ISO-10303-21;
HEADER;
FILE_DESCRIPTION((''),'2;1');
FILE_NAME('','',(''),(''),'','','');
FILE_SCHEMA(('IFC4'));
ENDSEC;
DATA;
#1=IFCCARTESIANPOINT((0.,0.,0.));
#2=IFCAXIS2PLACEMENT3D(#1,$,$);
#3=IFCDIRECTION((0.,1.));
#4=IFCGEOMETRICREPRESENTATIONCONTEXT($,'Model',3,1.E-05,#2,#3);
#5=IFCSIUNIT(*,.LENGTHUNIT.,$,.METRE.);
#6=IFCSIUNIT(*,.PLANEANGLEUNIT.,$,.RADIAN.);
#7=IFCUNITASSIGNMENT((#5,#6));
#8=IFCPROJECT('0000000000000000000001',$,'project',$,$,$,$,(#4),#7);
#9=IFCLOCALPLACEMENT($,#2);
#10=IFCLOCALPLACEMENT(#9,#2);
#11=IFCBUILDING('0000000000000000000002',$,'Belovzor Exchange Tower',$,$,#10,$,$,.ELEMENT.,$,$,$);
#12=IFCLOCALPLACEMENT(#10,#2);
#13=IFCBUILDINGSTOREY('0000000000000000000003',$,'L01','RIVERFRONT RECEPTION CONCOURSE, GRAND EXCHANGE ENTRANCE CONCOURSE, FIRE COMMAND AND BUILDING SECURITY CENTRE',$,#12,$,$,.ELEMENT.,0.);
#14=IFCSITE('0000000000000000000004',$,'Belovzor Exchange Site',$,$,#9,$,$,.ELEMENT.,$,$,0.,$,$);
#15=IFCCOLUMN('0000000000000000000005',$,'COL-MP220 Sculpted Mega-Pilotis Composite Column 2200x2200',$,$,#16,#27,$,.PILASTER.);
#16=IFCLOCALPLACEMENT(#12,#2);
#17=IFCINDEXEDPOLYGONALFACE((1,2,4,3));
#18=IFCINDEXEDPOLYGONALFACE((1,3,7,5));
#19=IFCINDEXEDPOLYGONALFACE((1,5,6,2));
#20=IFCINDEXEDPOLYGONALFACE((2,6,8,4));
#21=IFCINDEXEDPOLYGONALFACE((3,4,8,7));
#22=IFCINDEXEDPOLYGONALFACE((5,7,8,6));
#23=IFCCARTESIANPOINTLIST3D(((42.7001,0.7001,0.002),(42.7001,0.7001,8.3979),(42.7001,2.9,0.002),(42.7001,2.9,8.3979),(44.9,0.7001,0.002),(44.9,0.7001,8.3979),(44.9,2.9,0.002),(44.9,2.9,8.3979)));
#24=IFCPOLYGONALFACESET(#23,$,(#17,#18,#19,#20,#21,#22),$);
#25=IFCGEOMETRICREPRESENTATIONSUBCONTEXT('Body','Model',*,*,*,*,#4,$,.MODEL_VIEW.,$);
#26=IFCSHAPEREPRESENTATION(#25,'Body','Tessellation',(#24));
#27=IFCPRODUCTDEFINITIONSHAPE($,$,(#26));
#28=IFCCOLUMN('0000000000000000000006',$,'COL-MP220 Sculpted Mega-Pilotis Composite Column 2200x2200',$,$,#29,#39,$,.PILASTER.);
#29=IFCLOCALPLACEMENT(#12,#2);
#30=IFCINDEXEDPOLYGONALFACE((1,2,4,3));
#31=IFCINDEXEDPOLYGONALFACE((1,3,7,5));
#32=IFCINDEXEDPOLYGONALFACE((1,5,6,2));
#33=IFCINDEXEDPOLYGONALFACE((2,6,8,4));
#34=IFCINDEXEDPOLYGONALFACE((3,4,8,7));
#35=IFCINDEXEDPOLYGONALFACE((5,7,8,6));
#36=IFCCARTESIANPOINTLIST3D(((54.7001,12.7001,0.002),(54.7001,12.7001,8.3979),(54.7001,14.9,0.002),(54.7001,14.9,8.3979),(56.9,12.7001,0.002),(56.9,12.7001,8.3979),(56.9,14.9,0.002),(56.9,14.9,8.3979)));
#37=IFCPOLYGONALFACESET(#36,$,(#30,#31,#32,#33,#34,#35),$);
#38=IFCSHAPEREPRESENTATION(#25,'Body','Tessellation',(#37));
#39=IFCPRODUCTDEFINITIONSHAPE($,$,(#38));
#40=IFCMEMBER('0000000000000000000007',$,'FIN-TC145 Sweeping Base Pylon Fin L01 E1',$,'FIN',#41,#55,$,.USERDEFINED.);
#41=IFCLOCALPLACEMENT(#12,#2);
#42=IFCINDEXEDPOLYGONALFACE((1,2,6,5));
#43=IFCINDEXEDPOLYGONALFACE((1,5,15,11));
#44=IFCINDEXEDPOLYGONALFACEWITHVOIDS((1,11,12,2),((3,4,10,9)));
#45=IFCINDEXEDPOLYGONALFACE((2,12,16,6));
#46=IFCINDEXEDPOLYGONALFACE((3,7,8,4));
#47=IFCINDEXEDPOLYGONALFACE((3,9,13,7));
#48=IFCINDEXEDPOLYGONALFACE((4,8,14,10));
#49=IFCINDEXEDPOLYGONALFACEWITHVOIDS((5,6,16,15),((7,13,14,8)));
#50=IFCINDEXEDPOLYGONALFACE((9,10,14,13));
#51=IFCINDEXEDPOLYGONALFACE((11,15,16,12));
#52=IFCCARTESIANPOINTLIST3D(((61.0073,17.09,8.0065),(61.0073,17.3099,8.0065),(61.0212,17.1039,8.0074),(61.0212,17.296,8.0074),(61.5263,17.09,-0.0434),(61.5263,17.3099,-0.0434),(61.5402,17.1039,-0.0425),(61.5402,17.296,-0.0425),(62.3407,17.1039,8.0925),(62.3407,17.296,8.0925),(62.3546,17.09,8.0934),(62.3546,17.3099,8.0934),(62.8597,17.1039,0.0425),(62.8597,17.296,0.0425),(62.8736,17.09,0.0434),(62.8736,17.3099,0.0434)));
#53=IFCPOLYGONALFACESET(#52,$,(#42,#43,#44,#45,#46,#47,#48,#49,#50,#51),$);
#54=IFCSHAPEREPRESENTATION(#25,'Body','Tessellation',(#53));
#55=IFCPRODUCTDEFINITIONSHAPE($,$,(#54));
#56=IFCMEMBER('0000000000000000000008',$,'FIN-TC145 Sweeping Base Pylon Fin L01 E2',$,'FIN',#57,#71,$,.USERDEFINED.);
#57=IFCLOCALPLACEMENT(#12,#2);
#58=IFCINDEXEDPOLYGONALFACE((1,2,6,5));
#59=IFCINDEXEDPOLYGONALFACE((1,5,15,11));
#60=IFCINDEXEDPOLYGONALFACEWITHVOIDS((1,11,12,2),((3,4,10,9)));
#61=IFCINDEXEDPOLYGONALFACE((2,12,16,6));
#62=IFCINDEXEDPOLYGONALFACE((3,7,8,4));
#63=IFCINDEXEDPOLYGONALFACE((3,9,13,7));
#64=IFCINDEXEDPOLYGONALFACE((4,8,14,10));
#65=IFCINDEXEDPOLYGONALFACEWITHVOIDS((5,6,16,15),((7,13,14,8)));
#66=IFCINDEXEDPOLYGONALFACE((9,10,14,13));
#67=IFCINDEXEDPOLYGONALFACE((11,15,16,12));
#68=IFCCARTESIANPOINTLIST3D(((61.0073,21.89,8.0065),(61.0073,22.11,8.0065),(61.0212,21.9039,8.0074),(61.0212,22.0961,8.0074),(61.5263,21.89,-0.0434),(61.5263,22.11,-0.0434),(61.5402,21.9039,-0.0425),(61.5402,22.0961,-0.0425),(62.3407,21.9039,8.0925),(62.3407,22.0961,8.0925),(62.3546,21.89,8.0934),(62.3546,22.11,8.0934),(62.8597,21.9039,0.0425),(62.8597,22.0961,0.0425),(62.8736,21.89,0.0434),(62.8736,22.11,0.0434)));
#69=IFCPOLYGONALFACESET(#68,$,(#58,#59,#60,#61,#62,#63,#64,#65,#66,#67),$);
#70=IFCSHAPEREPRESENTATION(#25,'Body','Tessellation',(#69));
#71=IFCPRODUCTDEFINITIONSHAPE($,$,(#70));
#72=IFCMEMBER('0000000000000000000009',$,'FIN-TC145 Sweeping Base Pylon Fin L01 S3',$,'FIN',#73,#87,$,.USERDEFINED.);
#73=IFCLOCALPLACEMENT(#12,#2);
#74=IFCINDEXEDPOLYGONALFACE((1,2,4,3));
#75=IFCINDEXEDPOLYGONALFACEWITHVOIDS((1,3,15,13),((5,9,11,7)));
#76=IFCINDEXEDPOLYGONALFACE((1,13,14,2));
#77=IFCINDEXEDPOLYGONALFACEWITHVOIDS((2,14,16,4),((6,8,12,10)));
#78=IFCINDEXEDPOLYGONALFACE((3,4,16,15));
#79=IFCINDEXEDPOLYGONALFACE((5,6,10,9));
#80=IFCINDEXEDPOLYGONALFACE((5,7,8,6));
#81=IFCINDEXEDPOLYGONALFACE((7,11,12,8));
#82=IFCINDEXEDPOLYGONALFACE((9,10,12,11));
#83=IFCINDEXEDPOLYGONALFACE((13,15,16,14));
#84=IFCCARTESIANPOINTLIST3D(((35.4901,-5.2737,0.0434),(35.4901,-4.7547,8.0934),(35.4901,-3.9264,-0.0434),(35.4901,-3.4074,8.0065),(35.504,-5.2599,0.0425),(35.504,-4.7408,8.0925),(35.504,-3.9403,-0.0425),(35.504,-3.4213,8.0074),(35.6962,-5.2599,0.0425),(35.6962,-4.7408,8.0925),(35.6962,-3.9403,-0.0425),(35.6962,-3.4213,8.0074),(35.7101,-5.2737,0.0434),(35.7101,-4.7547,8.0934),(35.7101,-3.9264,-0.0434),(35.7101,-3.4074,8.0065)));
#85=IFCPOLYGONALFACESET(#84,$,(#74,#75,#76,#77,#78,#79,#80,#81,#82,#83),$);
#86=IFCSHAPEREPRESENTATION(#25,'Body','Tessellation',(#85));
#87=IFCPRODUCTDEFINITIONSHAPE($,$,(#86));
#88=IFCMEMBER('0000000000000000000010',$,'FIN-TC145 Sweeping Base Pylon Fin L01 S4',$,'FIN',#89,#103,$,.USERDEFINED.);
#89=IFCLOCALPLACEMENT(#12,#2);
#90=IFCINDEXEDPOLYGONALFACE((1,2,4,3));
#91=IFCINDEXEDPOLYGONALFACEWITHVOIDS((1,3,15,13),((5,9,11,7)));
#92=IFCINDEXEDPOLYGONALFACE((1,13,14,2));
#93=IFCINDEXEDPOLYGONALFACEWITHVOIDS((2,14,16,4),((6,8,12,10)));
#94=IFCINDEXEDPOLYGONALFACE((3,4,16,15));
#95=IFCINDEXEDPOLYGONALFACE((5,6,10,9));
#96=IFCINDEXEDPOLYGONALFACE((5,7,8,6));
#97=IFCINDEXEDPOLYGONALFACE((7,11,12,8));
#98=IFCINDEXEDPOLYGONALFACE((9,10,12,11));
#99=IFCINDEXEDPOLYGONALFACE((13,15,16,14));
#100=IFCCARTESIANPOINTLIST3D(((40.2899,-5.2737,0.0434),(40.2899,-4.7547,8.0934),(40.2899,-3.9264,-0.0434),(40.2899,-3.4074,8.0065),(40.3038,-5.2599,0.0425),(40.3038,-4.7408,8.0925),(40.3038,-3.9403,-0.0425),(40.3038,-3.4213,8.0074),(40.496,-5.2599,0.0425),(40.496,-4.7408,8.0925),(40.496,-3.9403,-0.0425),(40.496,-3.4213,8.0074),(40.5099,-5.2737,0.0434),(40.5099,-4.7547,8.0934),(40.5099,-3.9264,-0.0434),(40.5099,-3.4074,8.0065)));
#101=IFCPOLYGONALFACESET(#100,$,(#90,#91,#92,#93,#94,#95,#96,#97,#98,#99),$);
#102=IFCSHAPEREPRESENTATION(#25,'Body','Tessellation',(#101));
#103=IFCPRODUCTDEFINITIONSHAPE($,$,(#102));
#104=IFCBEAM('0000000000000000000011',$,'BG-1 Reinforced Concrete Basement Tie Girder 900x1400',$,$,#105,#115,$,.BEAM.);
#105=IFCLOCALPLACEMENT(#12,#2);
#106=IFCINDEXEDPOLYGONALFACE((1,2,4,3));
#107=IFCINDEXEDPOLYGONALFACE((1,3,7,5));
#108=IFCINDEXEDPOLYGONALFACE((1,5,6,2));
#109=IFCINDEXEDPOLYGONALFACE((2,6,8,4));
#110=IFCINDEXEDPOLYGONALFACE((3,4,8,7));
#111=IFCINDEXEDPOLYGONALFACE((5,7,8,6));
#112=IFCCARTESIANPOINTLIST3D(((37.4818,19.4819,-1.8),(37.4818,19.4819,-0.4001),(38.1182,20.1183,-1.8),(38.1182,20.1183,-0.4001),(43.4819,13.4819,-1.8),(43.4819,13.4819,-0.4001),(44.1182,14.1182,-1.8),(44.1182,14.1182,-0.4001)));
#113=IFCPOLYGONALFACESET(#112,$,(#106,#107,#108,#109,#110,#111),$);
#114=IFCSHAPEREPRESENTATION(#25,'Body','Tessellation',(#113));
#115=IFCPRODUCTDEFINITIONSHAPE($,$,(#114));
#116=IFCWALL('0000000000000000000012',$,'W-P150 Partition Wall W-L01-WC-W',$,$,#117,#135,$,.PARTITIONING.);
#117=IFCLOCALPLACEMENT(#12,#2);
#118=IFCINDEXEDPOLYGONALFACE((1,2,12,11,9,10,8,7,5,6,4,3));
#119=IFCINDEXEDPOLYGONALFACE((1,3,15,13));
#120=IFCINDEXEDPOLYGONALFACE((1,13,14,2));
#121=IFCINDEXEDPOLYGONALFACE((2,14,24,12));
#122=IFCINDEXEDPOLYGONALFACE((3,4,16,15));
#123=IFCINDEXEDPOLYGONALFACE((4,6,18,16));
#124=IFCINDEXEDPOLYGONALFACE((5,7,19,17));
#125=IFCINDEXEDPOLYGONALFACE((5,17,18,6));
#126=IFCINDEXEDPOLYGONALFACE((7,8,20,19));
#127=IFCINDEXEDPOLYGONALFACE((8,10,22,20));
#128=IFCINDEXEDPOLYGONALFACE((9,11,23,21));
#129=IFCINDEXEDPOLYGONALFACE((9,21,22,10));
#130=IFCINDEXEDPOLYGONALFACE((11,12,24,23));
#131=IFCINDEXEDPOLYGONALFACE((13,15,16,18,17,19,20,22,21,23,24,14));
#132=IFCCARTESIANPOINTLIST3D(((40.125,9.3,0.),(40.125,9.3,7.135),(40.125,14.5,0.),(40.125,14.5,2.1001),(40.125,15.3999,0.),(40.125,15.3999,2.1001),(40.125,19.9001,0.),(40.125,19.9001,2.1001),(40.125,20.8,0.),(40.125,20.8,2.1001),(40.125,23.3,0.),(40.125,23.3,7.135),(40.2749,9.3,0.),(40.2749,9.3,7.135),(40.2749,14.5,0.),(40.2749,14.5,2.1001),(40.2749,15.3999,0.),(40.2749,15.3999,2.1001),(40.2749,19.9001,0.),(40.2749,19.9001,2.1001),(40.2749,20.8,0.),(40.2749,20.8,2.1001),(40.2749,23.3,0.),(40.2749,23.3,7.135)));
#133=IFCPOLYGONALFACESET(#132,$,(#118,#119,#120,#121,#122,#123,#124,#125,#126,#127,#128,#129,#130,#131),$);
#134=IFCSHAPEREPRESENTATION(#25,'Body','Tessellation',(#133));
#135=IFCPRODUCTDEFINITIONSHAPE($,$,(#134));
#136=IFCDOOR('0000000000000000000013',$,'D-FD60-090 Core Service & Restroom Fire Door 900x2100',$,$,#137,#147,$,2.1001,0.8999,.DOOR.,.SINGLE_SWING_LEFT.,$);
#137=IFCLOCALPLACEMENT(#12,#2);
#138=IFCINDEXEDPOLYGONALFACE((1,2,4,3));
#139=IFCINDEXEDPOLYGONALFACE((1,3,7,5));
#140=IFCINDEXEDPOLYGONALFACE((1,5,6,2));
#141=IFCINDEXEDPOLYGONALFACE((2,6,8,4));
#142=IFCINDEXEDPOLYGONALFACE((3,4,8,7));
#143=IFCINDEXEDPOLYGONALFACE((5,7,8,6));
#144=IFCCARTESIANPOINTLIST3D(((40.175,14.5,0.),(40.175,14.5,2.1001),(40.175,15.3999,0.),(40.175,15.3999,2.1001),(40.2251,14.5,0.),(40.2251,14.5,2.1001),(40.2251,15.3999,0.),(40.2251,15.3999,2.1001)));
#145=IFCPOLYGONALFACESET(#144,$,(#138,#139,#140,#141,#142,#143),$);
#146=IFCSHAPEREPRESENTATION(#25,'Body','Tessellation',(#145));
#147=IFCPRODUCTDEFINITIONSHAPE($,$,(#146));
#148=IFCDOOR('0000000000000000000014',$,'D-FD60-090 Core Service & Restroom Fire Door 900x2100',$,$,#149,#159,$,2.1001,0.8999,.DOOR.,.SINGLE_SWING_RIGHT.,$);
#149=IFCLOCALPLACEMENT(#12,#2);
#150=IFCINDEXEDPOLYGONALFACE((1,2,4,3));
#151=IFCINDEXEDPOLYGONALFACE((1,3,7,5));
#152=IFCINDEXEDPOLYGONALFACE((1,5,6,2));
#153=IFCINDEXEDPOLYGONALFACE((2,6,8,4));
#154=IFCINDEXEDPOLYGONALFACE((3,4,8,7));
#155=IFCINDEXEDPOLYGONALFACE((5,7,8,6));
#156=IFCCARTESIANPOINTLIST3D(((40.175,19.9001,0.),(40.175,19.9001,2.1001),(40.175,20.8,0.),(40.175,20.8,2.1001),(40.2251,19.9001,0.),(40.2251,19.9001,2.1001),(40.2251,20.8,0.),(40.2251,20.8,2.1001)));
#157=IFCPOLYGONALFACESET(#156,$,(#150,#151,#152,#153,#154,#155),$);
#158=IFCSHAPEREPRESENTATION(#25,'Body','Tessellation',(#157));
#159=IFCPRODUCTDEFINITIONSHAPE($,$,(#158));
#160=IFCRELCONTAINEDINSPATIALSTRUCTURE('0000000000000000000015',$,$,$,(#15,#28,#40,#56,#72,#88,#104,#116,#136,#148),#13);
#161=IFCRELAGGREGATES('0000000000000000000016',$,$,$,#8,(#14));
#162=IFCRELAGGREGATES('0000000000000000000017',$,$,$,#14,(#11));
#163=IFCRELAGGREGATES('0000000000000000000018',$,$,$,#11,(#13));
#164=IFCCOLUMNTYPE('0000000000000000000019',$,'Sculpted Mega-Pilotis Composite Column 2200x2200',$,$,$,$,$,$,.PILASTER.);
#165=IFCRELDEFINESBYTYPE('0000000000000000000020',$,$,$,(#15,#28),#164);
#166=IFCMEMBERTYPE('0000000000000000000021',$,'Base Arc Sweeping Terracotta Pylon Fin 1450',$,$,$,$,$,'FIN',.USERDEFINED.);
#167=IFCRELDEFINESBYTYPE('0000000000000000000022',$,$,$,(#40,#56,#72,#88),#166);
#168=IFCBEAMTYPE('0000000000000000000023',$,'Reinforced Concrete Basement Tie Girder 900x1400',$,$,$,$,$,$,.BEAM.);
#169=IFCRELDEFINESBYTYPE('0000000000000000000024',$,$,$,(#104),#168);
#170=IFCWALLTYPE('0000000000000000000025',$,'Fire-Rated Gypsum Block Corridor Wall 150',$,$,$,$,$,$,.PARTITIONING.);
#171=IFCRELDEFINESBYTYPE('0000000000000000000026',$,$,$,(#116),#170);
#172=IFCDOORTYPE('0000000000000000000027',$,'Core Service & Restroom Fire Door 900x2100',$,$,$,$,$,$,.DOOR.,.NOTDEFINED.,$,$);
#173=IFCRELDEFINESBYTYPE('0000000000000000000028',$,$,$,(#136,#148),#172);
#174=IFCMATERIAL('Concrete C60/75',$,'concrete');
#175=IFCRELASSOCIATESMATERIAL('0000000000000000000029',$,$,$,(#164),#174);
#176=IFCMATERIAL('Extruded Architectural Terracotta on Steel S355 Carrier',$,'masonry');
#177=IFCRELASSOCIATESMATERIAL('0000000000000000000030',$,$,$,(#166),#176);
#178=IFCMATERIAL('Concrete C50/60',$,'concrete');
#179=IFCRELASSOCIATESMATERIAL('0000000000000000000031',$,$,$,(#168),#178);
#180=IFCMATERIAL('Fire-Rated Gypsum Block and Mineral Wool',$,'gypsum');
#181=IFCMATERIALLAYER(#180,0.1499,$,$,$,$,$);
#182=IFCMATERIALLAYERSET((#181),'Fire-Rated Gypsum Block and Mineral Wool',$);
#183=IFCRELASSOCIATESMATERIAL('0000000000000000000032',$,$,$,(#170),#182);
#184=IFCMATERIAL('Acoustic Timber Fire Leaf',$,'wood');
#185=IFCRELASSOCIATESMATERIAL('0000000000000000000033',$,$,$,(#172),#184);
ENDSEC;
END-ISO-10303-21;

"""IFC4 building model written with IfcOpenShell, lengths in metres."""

from ifc_helpers import new_model, si_unit, direction, frame, frame_2d, origin, origin_2d, place, context, subcontext, project, spatial, rectangle, hollow_rectangle, extrude, material, layer, layer_set, material_profile, profile_set, type_object, element, fill, save


model = new_model("IFC4")

# Units and contexts
model_context = context("Model", 3, precision=1e-05, world=origin(), true_north=direction((0.0, 1.0)))
body_context = subcontext(model_context, "Body", "Model", "MODEL_VIEW")
ifc_project = project(units=[si_unit("LENGTHUNIT", "METRE"), si_unit("PLANEANGLEUNIT", "RADIAN")], contexts=[model_context])

# Site, building, storey
site_placement = place(None, origin())
site = spatial("IfcSite", under=ifc_project, at=site_placement, Name="Belovzor Exchange Site", CompositionType="ELEMENT", RefElevation=0.0)
building_placement = place(site_placement, origin())
building = spatial("IfcBuilding", under=site, at=building_placement, Name="Belovzor Exchange Tower", CompositionType="ELEMENT")
storey_placement = place(building_placement, origin())
storey = spatial("IfcBuildingStorey", under=building, at=storey_placement, Name="L01", Description="RIVERFRONT RECEPTION CONCOURSE, GRAND EXCHANGE ENTRANCE CONCOURSE, FIRE COMMAND AND BUILDING SECURITY CENTRE", CompositionType="ELEMENT", Elevation=0.0)

# Columns
ifc_material_1 = material(Name="Concrete C60/75", Category="concrete")
ifc_material_profile_1 = material_profile(ifc_material_1, rectangle(XDim=2.2, YDim=2.2, at=origin_2d()))
ifc_profile_set_1 = profile_set([ifc_material_profile_1], Name="Concrete C60/75")
column_type = type_object("IfcColumnType", Name="Sculpted Mega-Pilotis Composite Column 2200x2200", PredefinedType="PILASTER", material=ifc_profile_set_1)
for number, where, z_axis, x_axis, name in (
    (1, (43.8, 1.8, 0.002), (0.0, 0.0, 1.0), (1.0, 0.0, 0.0), "COL-MP220 Sculpted Mega-Pilotis Composite Column 2200x2200"),
    (2, (55.8, 13.8, 0.002), (0.0, 0.0, 1.0), (1.0, 0.0, 0.0), "COL-MP220 Sculpted Mega-Pilotis Composite Column 2200x2200"),
):
    element("IfcColumn", number, at=place(storey_placement, frame(where, z_axis=z_axis, x_axis=x_axis)), inside=storey, type_object=column_type, Name=name, PredefinedType="PILASTER", context=body_context, shape_type="SweptSolid", body=[
        extrude(rectangle(XDim=2.2, YDim=2.2, at=origin_2d()), origin(), (0.0, 0.0, 1.0), 8.396),
    ])

# Members
ifc_material_2 = material(Name="Extruded Architectural Terracotta on Steel S355 Carrier", Category="masonry")
ifc_material_profile_2 = material_profile(ifc_material_2, hollow_rectangle(XDim=0.22, YDim=1.3501, WallThickness=0.0139, at=origin_2d()))
ifc_profile_set_2 = profile_set([ifc_material_profile_2], Name="Extruded Architectural Terracotta on Steel S355 Carrier")
member_type = type_object("IfcMemberType", Name="Base Arc Sweeping Terracotta Pylon Fin 1450", ElementType="FIN", PredefinedType="USERDEFINED", material=ifc_profile_set_2)
for number, where, z_axis, x_axis, name in (
    (3, (62.2, 17.2, 0.0), (-0.064343, 0.0, 0.997928), (0.0, -1.0, 0.0), "FIN-TC145 Sweeping Base Pylon Fin L01 E1"),
    (4, (62.2, 22.0, 0.0), (-0.064343, 0.0, 0.997928), (0.0, -1.0, 0.0), "FIN-TC145 Sweeping Base Pylon Fin L01 E2"),
    (5, (35.6001, -4.6001, 0.0), (0.0, 0.064343, 0.997928), (-1.0, 0.0, 0.0), "FIN-TC145 Sweeping Base Pylon Fin L01 S3"),
    (6, (40.3999, -4.6001, 0.0), (0.0, 0.064343, 0.997928), (-1.0, 0.0, 0.0), "FIN-TC145 Sweeping Base Pylon Fin L01 S4"),
):
    element("IfcMember", number, at=place(storey_placement, frame(where, z_axis=z_axis, x_axis=x_axis)), inside=storey, type_object=member_type, Name=name, ObjectType="FIN", PredefinedType="USERDEFINED", context=body_context, shape_type="SweptSolid", body=[
        extrude(hollow_rectangle(XDim=0.22, YDim=1.3501, WallThickness=0.0139, at=origin_2d()), origin(), (0.0, 0.0, 1.0), 8.0667),
    ])

# Beam
ifc_material_3 = material(Name="Concrete C50/60", Category="concrete")
ifc_material_profile_3 = material_profile(ifc_material_3, rectangle(XDim=0.8999, YDim=1.3999, at=origin_2d()))
ifc_profile_set_3 = profile_set([ifc_material_profile_3], Name="Concrete C50/60")
beam_type = type_object("IfcBeamType", Name="Reinforced Concrete Basement Tie Girder 900x1400", PredefinedType="BEAM", material=ifc_profile_set_3)
beam_placement = place(storey_placement, frame((43.8, 13.8, -1.1001), z_axis=(-0.707107, 0.707107, 0.0), x_axis=(-0.707107, -0.707107, 0.0)))
element("IfcBeam", 7, at=beam_placement, inside=storey, type_object=beam_type, Name="BG-1 Reinforced Concrete Basement Tie Girder 900x1400", PredefinedType="BEAM", context=body_context, shape_type="SweptSolid", body=[
    extrude(rectangle(XDim=0.8999, YDim=1.3999, at=origin_2d()), origin(), (0.0, 0.0, 1.0), 8.4854),
])

# Wall, openings, doors
ifc_material_4 = material(Name="Fire-Rated Gypsum Block and Mineral Wool", Category="gypsum")
ifc_layer_1 = layer(ifc_material_4, 0.1499)
ifc_layer_set_1 = layer_set([ifc_layer_1], Name="Fire-Rated Gypsum Block and Mineral Wool")
wall_type_1 = type_object("IfcWallType", Name="Fire-Rated Gypsum Block Corridor Wall 150", PredefinedType="PARTITIONING", material=ifc_layer_set_1)
wall_1_placement = place(storey_placement, frame((40.2, 9.3, 0.0), z_axis=(0.0, 0.0, 1.0), x_axis=(0.0, 1.0, 0.0)))
wall_1 = element("IfcWall", 8, at=wall_1_placement, inside=storey, type_object=wall_type_1, Name="W-P150 Partition Wall W-L01-WC-W", PredefinedType="PARTITIONING", context=body_context, shape_type="SweptSolid", body=[
    extrude(rectangle(XDim=14.0, YDim=0.1499, at=frame_2d((7.0, 0.0))), origin(), (0.0, 0.0, 1.0), 7.135),
])
opening_1_placement = place(wall_1_placement, frame((5.2, 0.0, 0.0)))
opening_1 = element("IfcOpeningElement", 9, at=opening_1_placement, cuts=wall_1, PredefinedType="OPENING", context=body_context, shape_type="SweptSolid", body=[
    extrude(rectangle(XDim=0.8999, YDim=2.1001, at=frame_2d((0.45, 1.05))), frame((0.0, 0.085, 0.0), z_axis=(0.0, -1.0, 0.0), x_axis=(1.0, 0.0, 0.0)), (0.0, 0.0, 1.0), 0.1699),
])
opening_2_placement = place(wall_1_placement, frame((10.6001, 0.0, 0.0)))
opening_2 = element("IfcOpeningElement", 10, at=opening_2_placement, cuts=wall_1, PredefinedType="OPENING", context=body_context, shape_type="SweptSolid", body=[
    extrude(rectangle(XDim=0.8999, YDim=2.1001, at=frame_2d((0.45, 1.05))), frame((0.0, 0.085, 0.0), z_axis=(0.0, -1.0, 0.0), x_axis=(1.0, 0.0, 0.0)), (0.0, 0.0, 1.0), 0.1699),
])
ifc_material_5 = material(Name="Acoustic Timber Fire Leaf", Category="wood")
door_type_1 = type_object("IfcDoorType", Name="Core Service & Restroom Fire Door 900x2100", OperationType="NOTDEFINED", PredefinedType="DOOR", material=ifc_material_5)
door_1_placement = place(opening_1_placement, origin())
door_1 = element("IfcDoor", 11, at=door_1_placement, inside=storey, type_object=door_type_1, Name="D-FD60-090 Core Service & Restroom Fire Door 900x2100", OperationType="SINGLE_SWING_LEFT", OverallHeight=2.1001, OverallWidth=0.8999, PredefinedType="DOOR", context=body_context, shape_type="SweptSolid", body=[
    extrude(rectangle(XDim=0.8999, YDim=2.1001, at=frame_2d((0.45, 1.05))), frame((0.0, 0.0249, 0.0), z_axis=(0.0, -1.0, 0.0), x_axis=(1.0, 0.0, 0.0)), (0.0, 0.0, 1.0), 0.05),
])
fill(opening_1, door_1)
door_2_placement = place(opening_2_placement, origin())
door_2 = element("IfcDoor", 12, at=door_2_placement, inside=storey, type_object=door_type_1, Name="D-FD60-090 Core Service & Restroom Fire Door 900x2100", OperationType="SINGLE_SWING_RIGHT", OverallHeight=2.1001, OverallWidth=0.8999, PredefinedType="DOOR", context=body_context, shape_type="SweptSolid", body=[
    extrude(rectangle(XDim=0.8999, YDim=2.1001, at=frame_2d((0.45, 1.05))), frame((0.0, 0.0249, 0.0), z_axis=(0.0, -1.0, 0.0), x_axis=(1.0, 0.0, 0.0)), (0.0, 0.0, 1.0), 0.05),
])
fill(opening_2, door_2)

save(model, "model.ifc")
